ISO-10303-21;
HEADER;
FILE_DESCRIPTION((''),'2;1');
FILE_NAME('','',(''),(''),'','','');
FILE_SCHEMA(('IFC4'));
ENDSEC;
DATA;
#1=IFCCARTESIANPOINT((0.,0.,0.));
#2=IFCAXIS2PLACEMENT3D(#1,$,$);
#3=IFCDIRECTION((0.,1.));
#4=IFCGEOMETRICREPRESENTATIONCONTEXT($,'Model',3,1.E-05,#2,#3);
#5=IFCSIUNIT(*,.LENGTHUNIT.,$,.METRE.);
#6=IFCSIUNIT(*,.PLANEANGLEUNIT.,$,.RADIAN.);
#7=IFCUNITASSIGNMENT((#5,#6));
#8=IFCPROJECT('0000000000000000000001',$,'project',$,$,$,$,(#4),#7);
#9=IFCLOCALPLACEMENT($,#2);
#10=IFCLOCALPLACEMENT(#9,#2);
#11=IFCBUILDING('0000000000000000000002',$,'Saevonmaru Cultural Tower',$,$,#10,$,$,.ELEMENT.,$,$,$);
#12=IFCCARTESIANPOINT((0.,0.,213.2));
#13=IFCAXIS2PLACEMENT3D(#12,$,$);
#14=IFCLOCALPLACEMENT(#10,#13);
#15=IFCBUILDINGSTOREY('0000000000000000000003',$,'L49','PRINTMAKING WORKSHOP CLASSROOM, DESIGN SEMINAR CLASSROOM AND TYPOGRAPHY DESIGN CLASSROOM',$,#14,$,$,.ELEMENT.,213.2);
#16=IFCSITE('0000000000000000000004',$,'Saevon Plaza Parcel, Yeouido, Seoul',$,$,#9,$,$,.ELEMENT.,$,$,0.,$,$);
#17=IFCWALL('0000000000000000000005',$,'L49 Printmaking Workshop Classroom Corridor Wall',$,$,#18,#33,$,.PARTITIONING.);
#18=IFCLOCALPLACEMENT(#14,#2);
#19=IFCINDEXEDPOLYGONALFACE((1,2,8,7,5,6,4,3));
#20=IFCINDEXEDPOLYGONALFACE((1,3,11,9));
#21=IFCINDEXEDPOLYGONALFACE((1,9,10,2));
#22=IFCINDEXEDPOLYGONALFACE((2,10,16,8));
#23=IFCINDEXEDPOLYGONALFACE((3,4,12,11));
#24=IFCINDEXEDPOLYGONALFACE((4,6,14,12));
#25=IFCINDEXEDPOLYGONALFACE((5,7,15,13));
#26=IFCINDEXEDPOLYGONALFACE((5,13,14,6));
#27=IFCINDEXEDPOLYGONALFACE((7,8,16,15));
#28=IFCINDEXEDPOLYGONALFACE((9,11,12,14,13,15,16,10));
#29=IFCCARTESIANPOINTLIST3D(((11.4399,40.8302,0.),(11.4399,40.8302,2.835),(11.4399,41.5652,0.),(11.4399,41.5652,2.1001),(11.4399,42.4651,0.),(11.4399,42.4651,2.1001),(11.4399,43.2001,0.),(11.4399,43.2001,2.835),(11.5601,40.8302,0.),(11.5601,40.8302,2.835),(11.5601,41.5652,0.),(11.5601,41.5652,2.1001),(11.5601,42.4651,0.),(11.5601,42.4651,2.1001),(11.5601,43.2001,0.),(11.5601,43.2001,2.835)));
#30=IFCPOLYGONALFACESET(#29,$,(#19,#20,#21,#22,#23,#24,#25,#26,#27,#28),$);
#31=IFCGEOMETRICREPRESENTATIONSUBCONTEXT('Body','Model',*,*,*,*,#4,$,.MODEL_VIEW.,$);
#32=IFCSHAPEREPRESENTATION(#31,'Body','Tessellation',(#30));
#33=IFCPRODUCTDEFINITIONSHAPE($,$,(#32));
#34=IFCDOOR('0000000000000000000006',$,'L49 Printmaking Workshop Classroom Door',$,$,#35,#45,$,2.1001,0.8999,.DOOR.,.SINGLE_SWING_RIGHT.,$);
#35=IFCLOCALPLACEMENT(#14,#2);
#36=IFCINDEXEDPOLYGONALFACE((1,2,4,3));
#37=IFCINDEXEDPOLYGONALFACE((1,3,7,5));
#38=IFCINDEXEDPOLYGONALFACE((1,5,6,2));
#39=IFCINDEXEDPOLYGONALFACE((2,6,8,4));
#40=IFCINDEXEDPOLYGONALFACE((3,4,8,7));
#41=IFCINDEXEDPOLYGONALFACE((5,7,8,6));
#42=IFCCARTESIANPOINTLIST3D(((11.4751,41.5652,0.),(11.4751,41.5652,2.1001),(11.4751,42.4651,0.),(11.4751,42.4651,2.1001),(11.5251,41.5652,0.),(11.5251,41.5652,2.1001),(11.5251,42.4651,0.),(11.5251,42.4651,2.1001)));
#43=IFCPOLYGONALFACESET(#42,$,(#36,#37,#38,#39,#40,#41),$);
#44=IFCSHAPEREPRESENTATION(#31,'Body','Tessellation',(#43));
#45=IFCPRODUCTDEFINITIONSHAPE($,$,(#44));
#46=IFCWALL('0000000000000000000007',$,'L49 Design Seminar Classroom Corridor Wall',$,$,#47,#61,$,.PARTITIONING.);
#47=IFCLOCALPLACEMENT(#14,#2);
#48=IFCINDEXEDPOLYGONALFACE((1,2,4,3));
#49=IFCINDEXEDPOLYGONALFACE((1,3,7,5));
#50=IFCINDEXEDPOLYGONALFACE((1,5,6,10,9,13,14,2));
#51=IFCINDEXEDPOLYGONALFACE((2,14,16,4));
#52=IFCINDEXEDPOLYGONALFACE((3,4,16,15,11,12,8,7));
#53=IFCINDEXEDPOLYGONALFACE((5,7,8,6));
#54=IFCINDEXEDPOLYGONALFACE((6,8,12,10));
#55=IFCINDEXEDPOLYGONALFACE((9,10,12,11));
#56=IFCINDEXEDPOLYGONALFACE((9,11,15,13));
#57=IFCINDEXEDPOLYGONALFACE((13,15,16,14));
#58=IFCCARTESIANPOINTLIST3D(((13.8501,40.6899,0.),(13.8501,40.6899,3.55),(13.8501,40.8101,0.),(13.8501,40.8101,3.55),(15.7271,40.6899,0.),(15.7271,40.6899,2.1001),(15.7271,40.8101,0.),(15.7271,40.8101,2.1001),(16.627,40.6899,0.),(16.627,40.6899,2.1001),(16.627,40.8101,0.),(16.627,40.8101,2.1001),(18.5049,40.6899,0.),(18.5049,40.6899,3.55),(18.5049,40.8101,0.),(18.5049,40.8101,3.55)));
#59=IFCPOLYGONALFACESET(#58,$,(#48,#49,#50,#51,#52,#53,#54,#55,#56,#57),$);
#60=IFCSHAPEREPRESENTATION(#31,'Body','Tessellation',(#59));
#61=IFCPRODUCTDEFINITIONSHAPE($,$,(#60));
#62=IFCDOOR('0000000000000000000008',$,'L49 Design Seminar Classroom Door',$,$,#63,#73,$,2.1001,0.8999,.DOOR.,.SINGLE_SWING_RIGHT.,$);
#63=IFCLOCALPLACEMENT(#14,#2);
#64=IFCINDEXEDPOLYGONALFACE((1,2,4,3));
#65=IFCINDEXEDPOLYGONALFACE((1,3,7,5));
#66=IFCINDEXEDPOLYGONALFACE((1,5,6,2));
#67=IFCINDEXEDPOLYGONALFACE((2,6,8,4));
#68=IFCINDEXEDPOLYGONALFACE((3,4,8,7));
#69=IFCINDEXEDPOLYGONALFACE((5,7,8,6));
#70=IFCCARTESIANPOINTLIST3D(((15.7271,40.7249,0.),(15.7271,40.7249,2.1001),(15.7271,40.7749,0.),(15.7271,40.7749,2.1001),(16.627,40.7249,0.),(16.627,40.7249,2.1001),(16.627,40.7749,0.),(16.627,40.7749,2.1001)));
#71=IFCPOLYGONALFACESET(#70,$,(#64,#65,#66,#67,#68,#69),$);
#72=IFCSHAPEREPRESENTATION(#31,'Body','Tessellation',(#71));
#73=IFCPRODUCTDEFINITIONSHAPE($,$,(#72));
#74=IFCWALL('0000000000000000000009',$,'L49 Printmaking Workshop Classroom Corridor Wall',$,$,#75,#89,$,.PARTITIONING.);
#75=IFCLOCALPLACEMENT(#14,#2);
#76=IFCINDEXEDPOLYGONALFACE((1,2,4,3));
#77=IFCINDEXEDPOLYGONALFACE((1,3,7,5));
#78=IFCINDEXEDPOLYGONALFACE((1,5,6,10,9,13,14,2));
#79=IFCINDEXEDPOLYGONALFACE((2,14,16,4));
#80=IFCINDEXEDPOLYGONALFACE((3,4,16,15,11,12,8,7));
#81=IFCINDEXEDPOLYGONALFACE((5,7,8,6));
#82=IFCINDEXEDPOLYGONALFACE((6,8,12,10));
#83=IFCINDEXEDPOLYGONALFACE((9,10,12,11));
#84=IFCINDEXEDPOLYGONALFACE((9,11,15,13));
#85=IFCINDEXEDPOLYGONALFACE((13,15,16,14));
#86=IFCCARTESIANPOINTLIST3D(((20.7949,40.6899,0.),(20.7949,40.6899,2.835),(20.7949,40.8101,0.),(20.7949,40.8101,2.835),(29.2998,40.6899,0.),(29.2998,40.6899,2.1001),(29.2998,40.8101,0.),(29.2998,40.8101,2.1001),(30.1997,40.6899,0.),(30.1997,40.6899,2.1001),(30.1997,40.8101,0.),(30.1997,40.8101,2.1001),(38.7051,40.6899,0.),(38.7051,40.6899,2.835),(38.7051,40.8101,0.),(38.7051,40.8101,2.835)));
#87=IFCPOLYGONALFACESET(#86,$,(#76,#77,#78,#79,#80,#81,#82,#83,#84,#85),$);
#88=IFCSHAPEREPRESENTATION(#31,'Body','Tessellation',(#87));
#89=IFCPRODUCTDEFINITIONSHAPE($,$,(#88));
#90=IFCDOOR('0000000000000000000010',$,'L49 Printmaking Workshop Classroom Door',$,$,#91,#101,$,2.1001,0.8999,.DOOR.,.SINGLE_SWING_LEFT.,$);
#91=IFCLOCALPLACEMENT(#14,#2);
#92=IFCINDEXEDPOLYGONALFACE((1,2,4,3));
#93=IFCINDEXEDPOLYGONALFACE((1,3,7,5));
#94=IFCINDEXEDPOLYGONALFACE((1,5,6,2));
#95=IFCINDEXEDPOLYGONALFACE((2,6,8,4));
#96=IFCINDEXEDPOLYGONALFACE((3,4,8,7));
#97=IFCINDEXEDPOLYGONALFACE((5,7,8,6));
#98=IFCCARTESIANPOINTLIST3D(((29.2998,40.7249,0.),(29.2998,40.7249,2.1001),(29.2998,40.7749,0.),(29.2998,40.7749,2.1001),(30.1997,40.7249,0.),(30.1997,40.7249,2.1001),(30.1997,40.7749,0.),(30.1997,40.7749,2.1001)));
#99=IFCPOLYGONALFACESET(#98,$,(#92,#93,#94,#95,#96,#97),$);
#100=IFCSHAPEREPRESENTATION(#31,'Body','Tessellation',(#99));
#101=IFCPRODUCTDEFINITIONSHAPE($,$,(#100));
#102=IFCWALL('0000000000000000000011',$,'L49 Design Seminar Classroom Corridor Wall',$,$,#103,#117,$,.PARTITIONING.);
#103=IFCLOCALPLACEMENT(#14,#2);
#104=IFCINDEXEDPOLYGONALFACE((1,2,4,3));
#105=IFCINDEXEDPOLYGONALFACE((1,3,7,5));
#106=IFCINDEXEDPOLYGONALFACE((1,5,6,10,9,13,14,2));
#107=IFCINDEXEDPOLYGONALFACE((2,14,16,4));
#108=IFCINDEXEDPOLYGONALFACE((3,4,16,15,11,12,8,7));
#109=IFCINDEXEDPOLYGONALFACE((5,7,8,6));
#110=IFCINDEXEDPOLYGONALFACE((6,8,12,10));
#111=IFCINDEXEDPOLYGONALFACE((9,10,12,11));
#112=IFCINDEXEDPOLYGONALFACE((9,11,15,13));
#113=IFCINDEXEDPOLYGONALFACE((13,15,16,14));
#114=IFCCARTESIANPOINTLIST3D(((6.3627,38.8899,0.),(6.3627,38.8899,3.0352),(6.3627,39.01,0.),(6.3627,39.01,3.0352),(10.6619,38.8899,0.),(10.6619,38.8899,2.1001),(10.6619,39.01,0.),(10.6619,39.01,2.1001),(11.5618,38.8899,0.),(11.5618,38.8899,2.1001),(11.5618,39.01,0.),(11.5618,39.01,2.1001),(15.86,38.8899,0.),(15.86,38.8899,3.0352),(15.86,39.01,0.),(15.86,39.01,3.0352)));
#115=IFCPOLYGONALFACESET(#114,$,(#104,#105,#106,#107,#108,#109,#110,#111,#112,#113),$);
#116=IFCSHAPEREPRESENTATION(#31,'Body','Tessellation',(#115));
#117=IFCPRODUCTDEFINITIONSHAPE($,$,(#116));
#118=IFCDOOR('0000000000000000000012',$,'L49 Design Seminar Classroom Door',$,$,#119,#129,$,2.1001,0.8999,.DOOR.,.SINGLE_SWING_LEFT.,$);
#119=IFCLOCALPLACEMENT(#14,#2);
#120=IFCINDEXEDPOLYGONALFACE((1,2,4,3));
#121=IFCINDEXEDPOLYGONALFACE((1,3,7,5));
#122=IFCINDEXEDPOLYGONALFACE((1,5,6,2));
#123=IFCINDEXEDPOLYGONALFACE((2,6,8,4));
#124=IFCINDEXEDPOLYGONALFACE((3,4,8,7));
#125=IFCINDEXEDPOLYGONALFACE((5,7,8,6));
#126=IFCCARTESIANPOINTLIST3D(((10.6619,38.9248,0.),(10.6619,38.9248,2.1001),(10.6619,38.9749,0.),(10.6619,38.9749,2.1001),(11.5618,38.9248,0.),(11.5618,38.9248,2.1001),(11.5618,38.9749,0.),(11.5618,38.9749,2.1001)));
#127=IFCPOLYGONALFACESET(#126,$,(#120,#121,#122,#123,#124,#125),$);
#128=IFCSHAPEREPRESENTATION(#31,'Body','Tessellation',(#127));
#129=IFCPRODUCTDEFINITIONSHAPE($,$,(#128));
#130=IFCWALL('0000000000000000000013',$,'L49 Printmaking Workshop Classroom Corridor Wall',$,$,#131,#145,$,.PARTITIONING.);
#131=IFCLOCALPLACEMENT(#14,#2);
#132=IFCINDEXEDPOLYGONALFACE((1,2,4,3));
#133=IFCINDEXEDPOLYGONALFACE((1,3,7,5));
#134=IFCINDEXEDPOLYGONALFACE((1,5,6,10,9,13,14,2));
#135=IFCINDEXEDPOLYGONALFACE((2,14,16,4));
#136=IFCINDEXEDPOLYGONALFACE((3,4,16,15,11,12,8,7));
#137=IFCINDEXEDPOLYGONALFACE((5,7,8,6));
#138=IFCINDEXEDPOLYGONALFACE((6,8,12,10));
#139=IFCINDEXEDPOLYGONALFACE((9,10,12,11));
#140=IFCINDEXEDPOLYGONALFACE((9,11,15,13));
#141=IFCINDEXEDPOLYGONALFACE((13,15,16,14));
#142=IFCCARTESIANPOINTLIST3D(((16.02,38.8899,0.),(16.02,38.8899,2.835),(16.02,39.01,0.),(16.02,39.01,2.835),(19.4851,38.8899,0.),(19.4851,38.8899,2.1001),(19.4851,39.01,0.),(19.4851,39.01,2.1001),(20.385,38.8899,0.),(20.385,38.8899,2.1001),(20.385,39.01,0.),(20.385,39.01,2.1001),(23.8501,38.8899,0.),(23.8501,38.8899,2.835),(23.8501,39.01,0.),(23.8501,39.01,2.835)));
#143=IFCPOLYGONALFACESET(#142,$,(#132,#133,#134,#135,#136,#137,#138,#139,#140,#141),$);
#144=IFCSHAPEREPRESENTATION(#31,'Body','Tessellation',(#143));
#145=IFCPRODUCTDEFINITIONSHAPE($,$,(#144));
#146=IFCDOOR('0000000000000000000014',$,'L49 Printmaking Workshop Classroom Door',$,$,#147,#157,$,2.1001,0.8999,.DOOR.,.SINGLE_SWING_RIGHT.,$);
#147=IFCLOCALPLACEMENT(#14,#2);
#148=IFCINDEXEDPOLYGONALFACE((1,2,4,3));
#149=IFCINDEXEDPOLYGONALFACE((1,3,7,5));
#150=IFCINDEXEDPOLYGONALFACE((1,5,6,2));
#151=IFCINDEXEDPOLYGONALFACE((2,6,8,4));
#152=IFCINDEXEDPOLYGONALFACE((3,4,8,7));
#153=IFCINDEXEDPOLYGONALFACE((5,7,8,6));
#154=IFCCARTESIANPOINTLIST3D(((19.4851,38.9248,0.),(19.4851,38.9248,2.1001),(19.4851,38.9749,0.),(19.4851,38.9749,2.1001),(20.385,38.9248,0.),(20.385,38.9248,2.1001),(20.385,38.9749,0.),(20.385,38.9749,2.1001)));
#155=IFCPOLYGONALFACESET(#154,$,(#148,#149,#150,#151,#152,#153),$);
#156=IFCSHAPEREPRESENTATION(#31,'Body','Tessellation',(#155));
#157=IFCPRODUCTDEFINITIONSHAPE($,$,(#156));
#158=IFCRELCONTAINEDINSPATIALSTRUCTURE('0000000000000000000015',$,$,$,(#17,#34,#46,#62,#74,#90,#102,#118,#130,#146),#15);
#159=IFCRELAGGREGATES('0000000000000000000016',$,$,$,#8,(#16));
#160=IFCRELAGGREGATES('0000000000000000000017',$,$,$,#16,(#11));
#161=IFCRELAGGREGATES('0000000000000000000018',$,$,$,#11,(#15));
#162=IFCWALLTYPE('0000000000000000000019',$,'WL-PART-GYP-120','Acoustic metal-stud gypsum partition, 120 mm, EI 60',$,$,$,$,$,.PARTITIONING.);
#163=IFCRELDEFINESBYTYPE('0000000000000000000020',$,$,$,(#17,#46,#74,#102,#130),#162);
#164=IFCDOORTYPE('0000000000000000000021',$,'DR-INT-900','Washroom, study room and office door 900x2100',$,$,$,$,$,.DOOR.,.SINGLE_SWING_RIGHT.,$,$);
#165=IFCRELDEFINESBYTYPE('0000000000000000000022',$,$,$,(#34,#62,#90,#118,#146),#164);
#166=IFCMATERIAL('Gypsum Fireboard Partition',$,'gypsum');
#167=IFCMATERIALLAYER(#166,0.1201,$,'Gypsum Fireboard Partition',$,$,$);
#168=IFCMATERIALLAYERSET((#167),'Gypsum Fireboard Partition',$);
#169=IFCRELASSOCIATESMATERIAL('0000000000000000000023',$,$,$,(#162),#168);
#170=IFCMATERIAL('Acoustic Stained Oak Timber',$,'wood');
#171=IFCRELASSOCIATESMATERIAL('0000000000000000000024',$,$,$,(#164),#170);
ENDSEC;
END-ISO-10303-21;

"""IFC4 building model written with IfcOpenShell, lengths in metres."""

from ifc_helpers import new_model, si_unit, direction, frame, frame_2d, origin, place, context, subcontext, project, spatial, rectangle, extrude, material, layer, layer_set, type_object, element, fill, save


model = new_model("IFC4")

# Units and contexts
model_context = context("Model", 3, precision=1e-05, world=origin(), true_north=direction((0.0, 1.0)))
body_context = subcontext(model_context, "Body", "Model", "MODEL_VIEW")
ifc_project = project(units=[si_unit("LENGTHUNIT", "METRE"), si_unit("PLANEANGLEUNIT", "RADIAN")], contexts=[model_context])

# Site, building, storey
site_placement = place(None, origin())
site = spatial("IfcSite", under=ifc_project, at=site_placement, Name="Saevon Plaza Parcel, Yeouido, Seoul", CompositionType="ELEMENT", RefElevation=0.0)
building_placement = place(site_placement, origin())
building = spatial("IfcBuilding", under=site, at=building_placement, Name="Saevonmaru Cultural Tower", CompositionType="ELEMENT")
storey_placement = place(building_placement, frame((0.0, 0.0, 213.2)))
storey = spatial("IfcBuildingStorey", under=building, at=storey_placement, Name="L49", Description="PRINTMAKING WORKSHOP CLASSROOM, DESIGN SEMINAR CLASSROOM AND TYPOGRAPHY DESIGN CLASSROOM", CompositionType="ELEMENT", Elevation=213.2)

# Shared definitions
ifc_material_1 = material(Name="Gypsum Fireboard Partition", Category="gypsum")
ifc_layer_1 = layer(ifc_material_1, 0.1201, Name="Gypsum Fireboard Partition")
ifc_layer_set_1 = layer_set([ifc_layer_1], Name="Gypsum Fireboard Partition")
wall_type_1 = type_object("IfcWallType", Name="WL-PART-GYP-120", Description="Acoustic metal-stud gypsum partition, 120 mm, EI 60", PredefinedType="PARTITIONING", material=ifc_layer_set_1)

# Walls, openings, doors
ifc_material_2 = material(Name="Acoustic Stained Oak Timber", Category="wood")
door_type = type_object("IfcDoorType", Name="DR-INT-900", Description="Washroom, study room and office door 900x2100", OperationType="SINGLE_SWING_RIGHT", PredefinedType="DOOR", material=ifc_material_2)
wall_1_placement = place(storey_placement, frame((11.5, 40.8301, 0.0), z_axis=(0.0, 0.0, 1.0), x_axis=(0.0, 1.0, 0.0)))
wall_1 = element("IfcWall", 1, at=wall_1_placement, inside=storey, type_object=wall_type_1, Name="L49 Printmaking Workshop Classroom Corridor Wall", PredefinedType="PARTITIONING", context=body_context, shape_type="SweptSolid", body=[
    extrude(rectangle(XDim=2.3699, YDim=0.1201, at=frame_2d((1.1851, 0.0))), origin(), (0.0, 0.0, 1.0), 2.835),
])
opening_1_placement = place(wall_1_placement, frame((0.7351, 0.0, 0.0)))
opening_1 = element("IfcOpeningElement", 2, at=opening_1_placement, cuts=wall_1, PredefinedType="OPENING", context=body_context, shape_type="SweptSolid", body=[
    extrude(rectangle(XDim=0.8999, YDim=2.1001, at=frame_2d((0.45, 1.05))), frame((0.0, 0.0701, 0.0), z_axis=(0.0, -1.0, 0.0), x_axis=(1.0, 0.0, 0.0)), (0.0, 0.0, 1.0), 0.1401),
])
door_1_placement = place(opening_1_placement, origin())
door_1 = element("IfcDoor", 3, at=door_1_placement, inside=storey, type_object=door_type, Name="L49 Printmaking Workshop Classroom Door", OperationType="SINGLE_SWING_RIGHT", OverallHeight=2.1001, OverallWidth=0.8999, PredefinedType="DOOR", context=body_context, shape_type="SweptSolid", body=[
    extrude(rectangle(XDim=0.8999, YDim=2.1001, at=frame_2d((0.45, 1.05))), frame((0.0, 0.0249, 0.0), z_axis=(0.0, -1.0, 0.0), x_axis=(1.0, 0.0, 0.0)), (0.0, 0.0, 1.0), 0.05),
])
fill(opening_1, door_1)
wall_2_placement = place(storey_placement, frame((13.8501, 40.75, 0.0), z_axis=(0.0, 0.0, 1.0), x_axis=(1.0, 0.0, 0.0)))
wall_2 = element("IfcWall", 4, at=wall_2_placement, inside=storey, type_object=wall_type_1, Name="L49 Design Seminar Classroom Corridor Wall", PredefinedType="PARTITIONING", context=body_context, shape_type="SweptSolid", body=[
    extrude(rectangle(XDim=4.6548, YDim=0.1201, at=frame_2d((2.3274, 0.0))), origin(), (0.0, 0.0, 1.0), 3.55),
])
opening_2_placement = place(wall_2_placement, frame((1.877, 0.0, 0.0)))
opening_2 = element("IfcOpeningElement", 5, at=opening_2_placement, cuts=wall_2, PredefinedType="OPENING", context=body_context, shape_type="SweptSolid", body=[
    extrude(rectangle(XDim=0.8999, YDim=2.1001, at=frame_2d((0.45, 1.05))), frame((0.0, 0.0701, 0.0), z_axis=(0.0, -1.0, 0.0), x_axis=(1.0, 0.0, 0.0)), (0.0, 0.0, 1.0), 0.1401),
])
door_2_placement = place(opening_2_placement, origin())
door_2 = element("IfcDoor", 6, at=door_2_placement, inside=storey, type_object=door_type, Name="L49 Design Seminar Classroom Door", OperationType="SINGLE_SWING_RIGHT", OverallHeight=2.1001, OverallWidth=0.8999, PredefinedType="DOOR", context=body_context, shape_type="SweptSolid", body=[
    extrude(rectangle(XDim=0.8999, YDim=2.1001, at=frame_2d((0.45, 1.05))), frame((0.0, 0.0249, 0.0), z_axis=(0.0, -1.0, 0.0), x_axis=(1.0, 0.0, 0.0)), (0.0, 0.0, 1.0), 0.05),
])
fill(opening_2, door_2)
wall_3_placement = place(storey_placement, frame((20.7949, 40.75, 0.0), z_axis=(0.0, 0.0, 1.0), x_axis=(1.0, 0.0, 0.0)))
wall_3 = element("IfcWall", 7, at=wall_3_placement, inside=storey, type_object=wall_type_1, Name="L49 Printmaking Workshop Classroom Corridor Wall", PredefinedType="PARTITIONING", context=body_context, shape_type="SweptSolid", body=[
    extrude(rectangle(XDim=17.9102, YDim=0.1201, at=frame_2d((8.9551, 0.0))), origin(), (0.0, 0.0, 1.0), 2.835),
])
opening_3_placement = place(wall_3_placement, frame((8.5049, 0.0, 0.0)))
opening_3 = element("IfcOpeningElement", 8, at=opening_3_placement, cuts=wall_3, PredefinedType="OPENING", context=body_context, shape_type="SweptSolid", body=[
    extrude(rectangle(XDim=0.8999, YDim=2.1001, at=frame_2d((0.45, 1.05))), frame((0.0, 0.0701, 0.0), z_axis=(0.0, -1.0, 0.0), x_axis=(1.0, 0.0, 0.0)), (0.0, 0.0, 1.0), 0.1401),
])
door_3_placement = place(opening_3_placement, origin())
door_3 = element("IfcDoor", 9, at=door_3_placement, inside=storey, type_object=door_type, Name="L49 Printmaking Workshop Classroom Door", OperationType="SINGLE_SWING_LEFT", OverallHeight=2.1001, OverallWidth=0.8999, PredefinedType="DOOR", context=body_context, shape_type="SweptSolid", body=[
    extrude(rectangle(XDim=0.8999, YDim=2.1001, at=frame_2d((0.45, 1.05))), frame((0.0, 0.0249, 0.0), z_axis=(0.0, -1.0, 0.0), x_axis=(1.0, 0.0, 0.0)), (0.0, 0.0, 1.0), 0.05),
])
fill(opening_3, door_3)
wall_4_placement = place(storey_placement, frame((6.3628, 38.95, 0.0), z_axis=(0.0, 0.0, 1.0), x_axis=(1.0, 0.0, 0.0)))
wall_4 = element("IfcWall", 10, at=wall_4_placement, inside=storey, type_object=wall_type_1, Name="L49 Design Seminar Classroom Corridor Wall", PredefinedType="PARTITIONING", context=body_context, shape_type="SweptSolid", body=[
    extrude(rectangle(XDim=9.4973, YDim=0.1201, at=frame_2d((4.7485, 0.0))), origin(), (0.0, 0.0, 1.0), 3.0352),
])
opening_4_placement = place(wall_4_placement, frame((4.2991, 0.0, 0.0)))
opening_4 = element("IfcOpeningElement", 11, at=opening_4_placement, cuts=wall_4, PredefinedType="OPENING", context=body_context, shape_type="SweptSolid", body=[
    extrude(rectangle(XDim=0.8999, YDim=2.1001, at=frame_2d((0.45, 1.05))), frame((0.0, 0.0701, 0.0), z_axis=(0.0, -1.0, 0.0), x_axis=(1.0, 0.0, 0.0)), (0.0, 0.0, 1.0), 0.1401),
])
door_4_placement = place(opening_4_placement, origin())
door_4 = element("IfcDoor", 12, at=door_4_placement, inside=storey, type_object=door_type, Name="L49 Design Seminar Classroom Door", OperationType="SINGLE_SWING_LEFT", OverallHeight=2.1001, OverallWidth=0.8999, PredefinedType="DOOR", context=body_context, shape_type="SweptSolid", body=[
    extrude(rectangle(XDim=0.8999, YDim=2.1001, at=frame_2d((0.45, 1.05))), frame((0.0, 0.0249, 0.0), z_axis=(0.0, -1.0, 0.0), x_axis=(1.0, 0.0, 0.0)), (0.0, 0.0, 1.0), 0.05),
])
fill(opening_4, door_4)
wall_5_placement = place(storey_placement, frame((16.02, 38.95, 0.0), z_axis=(0.0, 0.0, 1.0), x_axis=(1.0, 0.0, 0.0)))
wall_5 = element("IfcWall", 13, at=wall_5_placement, inside=storey, type_object=wall_type_1, Name="L49 Printmaking Workshop Classroom Corridor Wall", PredefinedType="PARTITIONING", context=body_context, shape_type="SweptSolid", body=[
    extrude(rectangle(XDim=7.8301, YDim=0.1201, at=frame_2d((3.915, 0.0))), origin(), (0.0, 0.0, 1.0), 2.835),
])
opening_5_placement = place(wall_5_placement, frame((3.4651, 0.0, 0.0)))
opening_5 = element("IfcOpeningElement", 14, at=opening_5_placement, cuts=wall_5, PredefinedType="OPENING", context=body_context, shape_type="SweptSolid", body=[
    extrude(rectangle(XDim=0.8999, YDim=2.1001, at=frame_2d((0.45, 1.05))), frame((0.0, 0.0701, 0.0), z_axis=(0.0, -1.0, 0.0), x_axis=(1.0, 0.0, 0.0)), (0.0, 0.0, 1.0), 0.1401),
])
door_5_placement = place(opening_5_placement, origin())
door_5 = element("IfcDoor", 15, at=door_5_placement, inside=storey, type_object=door_type, Name="L49 Printmaking Workshop Classroom Door", OperationType="SINGLE_SWING_RIGHT", OverallHeight=2.1001, OverallWidth=0.8999, PredefinedType="DOOR", context=body_context, shape_type="SweptSolid", body=[
    extrude(rectangle(XDim=0.8999, YDim=2.1001, at=frame_2d((0.45, 1.05))), frame((0.0, 0.0249, 0.0), z_axis=(0.0, -1.0, 0.0), x_axis=(1.0, 0.0, 0.0)), (0.0, 0.0, 1.0), 0.05),
])
fill(opening_5, door_5)

save(model, "model.ifc")
